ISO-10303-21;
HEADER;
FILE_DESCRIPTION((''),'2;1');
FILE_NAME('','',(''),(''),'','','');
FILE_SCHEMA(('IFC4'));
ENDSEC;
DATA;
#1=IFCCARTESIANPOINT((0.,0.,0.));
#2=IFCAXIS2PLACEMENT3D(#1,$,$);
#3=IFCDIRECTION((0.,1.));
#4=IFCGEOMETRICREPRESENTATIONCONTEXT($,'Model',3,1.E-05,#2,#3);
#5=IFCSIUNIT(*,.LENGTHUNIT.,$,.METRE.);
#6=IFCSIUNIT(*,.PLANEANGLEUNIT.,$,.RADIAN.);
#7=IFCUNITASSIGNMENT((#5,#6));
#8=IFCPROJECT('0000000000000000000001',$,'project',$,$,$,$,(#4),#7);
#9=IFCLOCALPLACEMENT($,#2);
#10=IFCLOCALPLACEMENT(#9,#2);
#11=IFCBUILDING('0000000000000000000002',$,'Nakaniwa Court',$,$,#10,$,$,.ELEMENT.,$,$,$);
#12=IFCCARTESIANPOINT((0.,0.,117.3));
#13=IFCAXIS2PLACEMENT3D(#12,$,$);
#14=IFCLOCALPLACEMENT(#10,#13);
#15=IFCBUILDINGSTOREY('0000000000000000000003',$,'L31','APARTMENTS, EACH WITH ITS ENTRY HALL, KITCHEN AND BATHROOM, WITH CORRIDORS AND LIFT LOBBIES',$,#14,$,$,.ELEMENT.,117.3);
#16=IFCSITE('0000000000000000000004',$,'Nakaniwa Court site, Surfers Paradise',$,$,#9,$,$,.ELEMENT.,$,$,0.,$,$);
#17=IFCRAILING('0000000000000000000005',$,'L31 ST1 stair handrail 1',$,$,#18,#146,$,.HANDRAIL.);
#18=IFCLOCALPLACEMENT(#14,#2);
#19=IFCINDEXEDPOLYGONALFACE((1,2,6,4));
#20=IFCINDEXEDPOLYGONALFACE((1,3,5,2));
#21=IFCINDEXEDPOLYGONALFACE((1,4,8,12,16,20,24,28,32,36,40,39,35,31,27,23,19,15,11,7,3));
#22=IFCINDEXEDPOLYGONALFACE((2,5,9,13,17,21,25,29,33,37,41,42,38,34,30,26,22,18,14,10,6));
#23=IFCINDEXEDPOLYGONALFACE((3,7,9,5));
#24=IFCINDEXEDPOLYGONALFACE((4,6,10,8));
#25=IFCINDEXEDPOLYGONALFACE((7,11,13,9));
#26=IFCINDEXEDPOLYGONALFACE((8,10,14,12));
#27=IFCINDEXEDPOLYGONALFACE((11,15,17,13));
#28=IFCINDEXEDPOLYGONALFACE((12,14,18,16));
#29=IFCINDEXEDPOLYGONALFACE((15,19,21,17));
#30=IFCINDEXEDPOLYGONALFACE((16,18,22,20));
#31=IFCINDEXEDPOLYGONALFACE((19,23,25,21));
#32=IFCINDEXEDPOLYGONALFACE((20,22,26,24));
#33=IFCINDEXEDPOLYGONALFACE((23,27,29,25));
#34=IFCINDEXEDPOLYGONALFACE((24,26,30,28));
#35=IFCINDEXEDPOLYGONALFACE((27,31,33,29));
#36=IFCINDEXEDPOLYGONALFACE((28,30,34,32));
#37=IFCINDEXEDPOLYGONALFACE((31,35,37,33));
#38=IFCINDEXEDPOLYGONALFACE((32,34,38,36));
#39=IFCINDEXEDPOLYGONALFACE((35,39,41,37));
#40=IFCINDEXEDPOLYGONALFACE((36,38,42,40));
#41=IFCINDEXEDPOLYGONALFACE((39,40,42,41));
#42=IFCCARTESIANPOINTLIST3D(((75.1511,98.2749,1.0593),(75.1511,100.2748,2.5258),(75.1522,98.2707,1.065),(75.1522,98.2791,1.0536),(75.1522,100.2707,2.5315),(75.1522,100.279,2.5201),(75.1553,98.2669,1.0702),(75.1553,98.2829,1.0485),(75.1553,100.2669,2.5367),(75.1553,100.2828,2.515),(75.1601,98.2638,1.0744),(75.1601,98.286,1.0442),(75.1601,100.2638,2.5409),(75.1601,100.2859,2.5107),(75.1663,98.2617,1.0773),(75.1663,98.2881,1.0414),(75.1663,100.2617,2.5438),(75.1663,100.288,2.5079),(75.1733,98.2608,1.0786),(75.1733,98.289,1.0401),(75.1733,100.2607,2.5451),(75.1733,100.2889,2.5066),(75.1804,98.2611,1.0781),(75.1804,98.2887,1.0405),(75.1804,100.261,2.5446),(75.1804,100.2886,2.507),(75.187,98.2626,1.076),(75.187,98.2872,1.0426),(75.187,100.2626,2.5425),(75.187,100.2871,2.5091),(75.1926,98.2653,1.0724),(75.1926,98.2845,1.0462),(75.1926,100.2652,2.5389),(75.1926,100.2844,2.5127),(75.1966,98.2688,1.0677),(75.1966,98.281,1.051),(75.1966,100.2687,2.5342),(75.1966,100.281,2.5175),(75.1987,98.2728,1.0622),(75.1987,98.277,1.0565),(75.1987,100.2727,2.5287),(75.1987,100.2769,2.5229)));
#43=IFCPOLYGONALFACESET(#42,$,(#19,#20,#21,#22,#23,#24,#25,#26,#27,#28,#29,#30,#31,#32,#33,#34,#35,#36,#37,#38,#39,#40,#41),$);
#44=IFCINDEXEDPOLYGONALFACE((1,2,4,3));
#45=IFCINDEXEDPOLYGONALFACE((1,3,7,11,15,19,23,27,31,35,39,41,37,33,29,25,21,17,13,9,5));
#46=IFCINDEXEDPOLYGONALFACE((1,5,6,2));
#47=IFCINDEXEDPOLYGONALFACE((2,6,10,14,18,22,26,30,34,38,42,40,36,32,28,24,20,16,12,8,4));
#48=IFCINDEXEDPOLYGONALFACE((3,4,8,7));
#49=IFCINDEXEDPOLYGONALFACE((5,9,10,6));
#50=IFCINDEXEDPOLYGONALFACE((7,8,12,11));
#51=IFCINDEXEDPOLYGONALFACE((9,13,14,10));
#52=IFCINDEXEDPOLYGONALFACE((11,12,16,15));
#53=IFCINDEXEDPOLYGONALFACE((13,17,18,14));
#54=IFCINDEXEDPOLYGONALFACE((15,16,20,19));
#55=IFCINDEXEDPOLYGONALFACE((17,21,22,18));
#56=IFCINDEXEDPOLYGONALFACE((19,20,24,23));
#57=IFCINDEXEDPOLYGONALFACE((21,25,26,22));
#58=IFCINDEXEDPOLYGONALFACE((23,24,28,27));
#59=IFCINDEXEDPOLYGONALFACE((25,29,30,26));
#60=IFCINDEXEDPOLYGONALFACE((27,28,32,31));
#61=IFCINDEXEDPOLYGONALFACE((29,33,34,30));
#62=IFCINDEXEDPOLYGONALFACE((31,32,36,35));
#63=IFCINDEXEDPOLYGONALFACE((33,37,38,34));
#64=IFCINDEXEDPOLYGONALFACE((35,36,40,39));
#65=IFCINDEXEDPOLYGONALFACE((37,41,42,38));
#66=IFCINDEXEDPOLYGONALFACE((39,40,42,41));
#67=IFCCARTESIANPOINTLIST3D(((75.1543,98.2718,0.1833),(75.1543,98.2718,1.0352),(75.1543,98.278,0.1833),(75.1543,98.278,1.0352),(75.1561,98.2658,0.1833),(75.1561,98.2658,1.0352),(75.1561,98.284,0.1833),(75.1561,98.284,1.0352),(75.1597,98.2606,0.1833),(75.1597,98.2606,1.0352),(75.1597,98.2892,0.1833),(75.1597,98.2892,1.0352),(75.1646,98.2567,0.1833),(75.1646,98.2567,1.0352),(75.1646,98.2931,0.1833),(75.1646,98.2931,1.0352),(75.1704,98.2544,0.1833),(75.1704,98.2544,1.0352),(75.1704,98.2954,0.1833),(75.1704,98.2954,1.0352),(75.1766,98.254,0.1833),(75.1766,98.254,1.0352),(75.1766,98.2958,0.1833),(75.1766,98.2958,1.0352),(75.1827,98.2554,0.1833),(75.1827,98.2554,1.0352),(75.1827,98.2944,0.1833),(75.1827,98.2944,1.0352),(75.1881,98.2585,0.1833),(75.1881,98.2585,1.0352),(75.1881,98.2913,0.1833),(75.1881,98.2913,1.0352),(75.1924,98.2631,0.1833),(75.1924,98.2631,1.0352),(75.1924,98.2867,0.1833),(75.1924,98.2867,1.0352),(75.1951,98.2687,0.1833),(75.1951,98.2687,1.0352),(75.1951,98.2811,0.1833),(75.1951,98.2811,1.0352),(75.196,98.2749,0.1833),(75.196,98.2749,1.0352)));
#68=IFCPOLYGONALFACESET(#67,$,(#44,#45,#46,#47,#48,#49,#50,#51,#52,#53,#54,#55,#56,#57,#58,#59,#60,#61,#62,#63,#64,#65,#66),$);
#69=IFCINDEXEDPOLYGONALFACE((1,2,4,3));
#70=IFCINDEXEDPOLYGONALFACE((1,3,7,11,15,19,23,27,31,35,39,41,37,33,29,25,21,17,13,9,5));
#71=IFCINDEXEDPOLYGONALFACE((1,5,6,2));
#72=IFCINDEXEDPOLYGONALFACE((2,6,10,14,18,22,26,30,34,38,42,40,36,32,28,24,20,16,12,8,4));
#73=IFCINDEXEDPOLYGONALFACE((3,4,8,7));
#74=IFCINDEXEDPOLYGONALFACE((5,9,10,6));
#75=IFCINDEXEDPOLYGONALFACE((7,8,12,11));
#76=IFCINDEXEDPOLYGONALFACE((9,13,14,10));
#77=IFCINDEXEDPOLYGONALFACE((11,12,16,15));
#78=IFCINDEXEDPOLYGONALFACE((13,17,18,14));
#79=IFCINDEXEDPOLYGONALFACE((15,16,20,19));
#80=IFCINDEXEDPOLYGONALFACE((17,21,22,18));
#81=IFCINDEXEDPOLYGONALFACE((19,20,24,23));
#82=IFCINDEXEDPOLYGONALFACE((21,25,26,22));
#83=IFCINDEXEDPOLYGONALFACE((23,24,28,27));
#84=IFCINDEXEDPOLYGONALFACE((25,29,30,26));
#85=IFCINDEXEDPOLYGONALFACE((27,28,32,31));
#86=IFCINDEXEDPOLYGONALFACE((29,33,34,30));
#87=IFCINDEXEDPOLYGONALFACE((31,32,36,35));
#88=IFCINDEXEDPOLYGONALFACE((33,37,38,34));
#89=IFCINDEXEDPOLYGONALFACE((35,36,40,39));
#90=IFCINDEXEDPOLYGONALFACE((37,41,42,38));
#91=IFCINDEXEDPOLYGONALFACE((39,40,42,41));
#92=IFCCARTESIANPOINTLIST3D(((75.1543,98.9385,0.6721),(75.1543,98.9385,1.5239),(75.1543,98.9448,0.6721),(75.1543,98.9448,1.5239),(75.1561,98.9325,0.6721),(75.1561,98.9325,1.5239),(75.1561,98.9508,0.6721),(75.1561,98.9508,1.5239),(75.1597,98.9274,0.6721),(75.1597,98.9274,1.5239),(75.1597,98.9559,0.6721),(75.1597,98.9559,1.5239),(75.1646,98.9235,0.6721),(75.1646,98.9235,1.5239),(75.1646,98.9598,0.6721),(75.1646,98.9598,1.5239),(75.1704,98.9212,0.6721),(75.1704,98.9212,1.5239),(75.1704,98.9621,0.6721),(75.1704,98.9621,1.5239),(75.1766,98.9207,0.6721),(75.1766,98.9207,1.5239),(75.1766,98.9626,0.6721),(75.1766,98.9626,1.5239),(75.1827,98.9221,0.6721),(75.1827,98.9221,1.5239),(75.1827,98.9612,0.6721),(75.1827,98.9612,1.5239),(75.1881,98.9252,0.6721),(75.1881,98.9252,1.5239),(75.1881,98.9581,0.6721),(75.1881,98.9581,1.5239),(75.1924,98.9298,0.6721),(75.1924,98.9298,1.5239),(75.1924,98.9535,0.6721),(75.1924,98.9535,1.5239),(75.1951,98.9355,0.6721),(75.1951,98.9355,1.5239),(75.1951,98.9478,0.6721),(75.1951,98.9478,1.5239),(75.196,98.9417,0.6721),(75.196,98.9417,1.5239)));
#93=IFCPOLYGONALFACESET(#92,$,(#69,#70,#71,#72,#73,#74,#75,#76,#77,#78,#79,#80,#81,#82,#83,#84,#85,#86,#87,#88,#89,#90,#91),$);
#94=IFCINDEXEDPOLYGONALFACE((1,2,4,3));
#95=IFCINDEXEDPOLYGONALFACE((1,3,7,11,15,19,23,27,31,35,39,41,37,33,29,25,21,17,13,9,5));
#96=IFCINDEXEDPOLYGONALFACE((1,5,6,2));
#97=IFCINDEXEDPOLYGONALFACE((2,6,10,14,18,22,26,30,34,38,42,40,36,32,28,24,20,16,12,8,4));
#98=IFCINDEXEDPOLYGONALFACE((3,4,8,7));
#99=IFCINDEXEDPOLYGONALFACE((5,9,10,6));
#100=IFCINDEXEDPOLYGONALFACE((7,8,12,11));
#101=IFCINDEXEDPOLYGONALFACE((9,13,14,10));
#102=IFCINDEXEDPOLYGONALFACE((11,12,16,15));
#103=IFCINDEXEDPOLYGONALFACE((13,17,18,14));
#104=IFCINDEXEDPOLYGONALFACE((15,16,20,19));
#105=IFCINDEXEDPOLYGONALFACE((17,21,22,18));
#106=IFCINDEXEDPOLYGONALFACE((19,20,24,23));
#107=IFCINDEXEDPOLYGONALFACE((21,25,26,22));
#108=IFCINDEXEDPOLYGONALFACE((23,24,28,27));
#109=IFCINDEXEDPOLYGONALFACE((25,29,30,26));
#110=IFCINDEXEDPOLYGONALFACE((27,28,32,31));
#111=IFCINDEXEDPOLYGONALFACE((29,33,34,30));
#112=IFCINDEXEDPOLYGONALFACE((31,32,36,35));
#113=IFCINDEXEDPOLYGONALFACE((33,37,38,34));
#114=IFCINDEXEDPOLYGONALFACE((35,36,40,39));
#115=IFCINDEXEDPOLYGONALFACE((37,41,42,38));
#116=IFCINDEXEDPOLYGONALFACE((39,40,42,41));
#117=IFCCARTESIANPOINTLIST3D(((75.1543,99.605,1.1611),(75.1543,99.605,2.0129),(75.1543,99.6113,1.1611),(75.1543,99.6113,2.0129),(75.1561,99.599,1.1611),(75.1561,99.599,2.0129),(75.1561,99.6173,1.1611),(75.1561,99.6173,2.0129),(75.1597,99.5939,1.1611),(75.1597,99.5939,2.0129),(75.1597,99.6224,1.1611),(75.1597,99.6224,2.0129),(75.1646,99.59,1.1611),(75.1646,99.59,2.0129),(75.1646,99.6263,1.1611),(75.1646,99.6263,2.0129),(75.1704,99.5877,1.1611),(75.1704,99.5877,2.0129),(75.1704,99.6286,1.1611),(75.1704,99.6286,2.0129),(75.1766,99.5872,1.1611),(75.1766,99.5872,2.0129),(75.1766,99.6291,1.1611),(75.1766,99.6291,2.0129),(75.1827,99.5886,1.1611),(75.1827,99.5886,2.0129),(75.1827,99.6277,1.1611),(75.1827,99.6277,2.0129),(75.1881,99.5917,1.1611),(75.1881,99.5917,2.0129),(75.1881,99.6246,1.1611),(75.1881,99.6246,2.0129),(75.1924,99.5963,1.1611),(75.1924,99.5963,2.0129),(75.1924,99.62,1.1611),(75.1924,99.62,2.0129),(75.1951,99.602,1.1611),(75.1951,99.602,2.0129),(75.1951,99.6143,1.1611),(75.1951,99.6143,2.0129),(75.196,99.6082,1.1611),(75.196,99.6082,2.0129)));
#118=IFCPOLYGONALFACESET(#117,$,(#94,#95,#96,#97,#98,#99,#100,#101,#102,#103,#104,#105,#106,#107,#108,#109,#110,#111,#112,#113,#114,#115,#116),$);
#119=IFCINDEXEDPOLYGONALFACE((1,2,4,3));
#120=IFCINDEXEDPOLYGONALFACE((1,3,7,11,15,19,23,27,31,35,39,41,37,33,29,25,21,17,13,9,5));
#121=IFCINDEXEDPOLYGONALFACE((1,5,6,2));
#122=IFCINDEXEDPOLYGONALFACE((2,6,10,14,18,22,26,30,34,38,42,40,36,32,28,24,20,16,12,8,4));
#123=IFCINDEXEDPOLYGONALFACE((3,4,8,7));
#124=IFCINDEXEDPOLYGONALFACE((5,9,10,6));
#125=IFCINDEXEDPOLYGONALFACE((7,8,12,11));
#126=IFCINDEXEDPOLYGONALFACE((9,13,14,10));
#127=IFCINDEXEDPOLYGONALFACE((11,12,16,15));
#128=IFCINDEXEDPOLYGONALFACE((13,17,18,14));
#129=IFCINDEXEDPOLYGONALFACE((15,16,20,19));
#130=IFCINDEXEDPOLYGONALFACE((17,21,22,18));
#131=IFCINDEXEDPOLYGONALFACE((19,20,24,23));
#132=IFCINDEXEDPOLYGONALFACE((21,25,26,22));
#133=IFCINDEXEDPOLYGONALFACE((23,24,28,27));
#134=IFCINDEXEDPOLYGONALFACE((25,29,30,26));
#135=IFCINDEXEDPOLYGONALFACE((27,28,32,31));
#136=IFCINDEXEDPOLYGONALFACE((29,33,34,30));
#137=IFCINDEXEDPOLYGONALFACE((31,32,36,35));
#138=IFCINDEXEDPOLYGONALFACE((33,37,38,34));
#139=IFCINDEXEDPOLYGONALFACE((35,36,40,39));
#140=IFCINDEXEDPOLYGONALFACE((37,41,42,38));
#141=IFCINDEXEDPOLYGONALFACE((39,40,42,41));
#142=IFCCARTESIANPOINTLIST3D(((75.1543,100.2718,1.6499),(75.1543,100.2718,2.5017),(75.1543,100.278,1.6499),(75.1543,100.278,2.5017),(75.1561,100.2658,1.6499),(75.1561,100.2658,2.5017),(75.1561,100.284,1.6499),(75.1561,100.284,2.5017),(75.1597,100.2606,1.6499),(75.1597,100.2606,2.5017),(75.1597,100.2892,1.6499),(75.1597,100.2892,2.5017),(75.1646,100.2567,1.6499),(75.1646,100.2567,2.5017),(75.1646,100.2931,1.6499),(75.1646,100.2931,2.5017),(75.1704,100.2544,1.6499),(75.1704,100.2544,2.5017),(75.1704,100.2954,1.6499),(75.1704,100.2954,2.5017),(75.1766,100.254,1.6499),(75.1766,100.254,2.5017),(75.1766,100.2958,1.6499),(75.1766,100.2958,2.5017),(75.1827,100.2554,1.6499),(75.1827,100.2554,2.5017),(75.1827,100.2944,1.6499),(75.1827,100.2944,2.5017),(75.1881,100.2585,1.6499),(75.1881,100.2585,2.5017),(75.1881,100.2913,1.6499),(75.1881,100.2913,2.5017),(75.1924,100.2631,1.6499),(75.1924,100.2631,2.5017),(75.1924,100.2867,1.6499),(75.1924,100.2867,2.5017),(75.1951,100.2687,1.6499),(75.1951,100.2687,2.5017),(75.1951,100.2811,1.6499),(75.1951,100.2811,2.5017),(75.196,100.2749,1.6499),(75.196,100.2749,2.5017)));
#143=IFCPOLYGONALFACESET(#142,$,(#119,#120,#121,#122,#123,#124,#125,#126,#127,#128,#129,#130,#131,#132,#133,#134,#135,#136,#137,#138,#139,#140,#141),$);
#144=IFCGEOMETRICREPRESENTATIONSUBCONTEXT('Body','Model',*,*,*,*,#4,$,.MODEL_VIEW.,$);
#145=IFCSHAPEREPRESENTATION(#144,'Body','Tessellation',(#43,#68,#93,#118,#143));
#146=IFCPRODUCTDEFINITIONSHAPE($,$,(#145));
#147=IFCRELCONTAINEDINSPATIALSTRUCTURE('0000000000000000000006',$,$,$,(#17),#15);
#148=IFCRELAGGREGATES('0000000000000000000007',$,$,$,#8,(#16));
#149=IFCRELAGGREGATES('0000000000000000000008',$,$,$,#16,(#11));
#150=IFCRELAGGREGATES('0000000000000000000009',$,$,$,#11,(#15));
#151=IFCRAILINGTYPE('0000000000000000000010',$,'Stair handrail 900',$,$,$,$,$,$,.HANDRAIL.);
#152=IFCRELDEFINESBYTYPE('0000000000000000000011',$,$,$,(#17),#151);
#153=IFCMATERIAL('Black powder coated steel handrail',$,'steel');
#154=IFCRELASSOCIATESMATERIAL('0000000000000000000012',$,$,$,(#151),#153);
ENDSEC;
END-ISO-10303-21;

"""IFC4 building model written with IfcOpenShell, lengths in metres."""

from ifc_helpers import new_model, si_unit, direction, frame, origin, origin_2d, place, context, subcontext, project, spatial, circle, extrude, material, type_object, element, save


model = new_model("IFC4")

# Units and contexts
model_context = context("Model", 3, precision=1e-05, world=origin(), true_north=direction((0.0, 1.0)))
body_context = subcontext(model_context, "Body", "Model", "MODEL_VIEW")
ifc_project = project(units=[si_unit("LENGTHUNIT", "METRE"), si_unit("PLANEANGLEUNIT", "RADIAN")], contexts=[model_context])

# Site, building, storey
site_placement = place(None, origin())
site = spatial("IfcSite", under=ifc_project, at=site_placement, Name="Nakaniwa Court site, Surfers Paradise", CompositionType="ELEMENT", RefElevation=0.0)
building_placement = place(site_placement, origin())
building = spatial("IfcBuilding", under=site, at=building_placement, Name="Nakaniwa Court", CompositionType="ELEMENT")
storey_placement = place(building_placement, frame((0.0, 0.0, 117.3)))
storey = spatial("IfcBuildingStorey", under=building, at=storey_placement, Name="L31", Description="APARTMENTS, EACH WITH ITS ENTRY HALL, KITCHEN AND BATHROOM, WITH CORRIDORS AND LIFT LOBBIES", CompositionType="ELEMENT", Elevation=117.3)

# Railing
ifc_material_1 = material(Name="Black powder coated steel handrail", Category="steel")
railing_type_1 = type_object("IfcRailingType", Name="Stair handrail 900", PredefinedType="HANDRAIL", material=ifc_material_1)
railing_1_placement = place(storey_placement, frame((75.175, 98.2749, 0.1833)))
element("IfcRailing", 1, at=railing_1_placement, inside=storey, type_object=railing_type_1, Name="L31 ST1 stair handrail 1", PredefinedType="HANDRAIL", context=body_context, shape_type="SweptSolid", body=[
    extrude(circle(Radius=0.0239, at=origin_2d()), frame((0.0, 0.0, 0.876), z_axis=(0.0, 0.806427, 0.591334), x_axis=(-1.0, 0.0, 0.0)), (0.0, 0.0, 1.0), 2.48),
    extrude(circle(Radius=0.021, at=origin_2d()), origin(), (0.0, 0.0, 1.0), 0.8518),
    extrude(circle(Radius=0.021, at=origin_2d()), frame((0.0, 0.6667, 0.4888)), (0.0, 0.0, 1.0), 0.8518),
    extrude(circle(Radius=0.021, at=origin_2d()), frame((0.0, 1.3333, 0.9778)), (0.0, 0.0, 1.0), 0.8518),
    extrude(circle(Radius=0.021, at=origin_2d()), frame((0.0, 2.0, 1.4666)), (0.0, 0.0, 1.0), 0.8518),
])

save(model, "model.ifc")
